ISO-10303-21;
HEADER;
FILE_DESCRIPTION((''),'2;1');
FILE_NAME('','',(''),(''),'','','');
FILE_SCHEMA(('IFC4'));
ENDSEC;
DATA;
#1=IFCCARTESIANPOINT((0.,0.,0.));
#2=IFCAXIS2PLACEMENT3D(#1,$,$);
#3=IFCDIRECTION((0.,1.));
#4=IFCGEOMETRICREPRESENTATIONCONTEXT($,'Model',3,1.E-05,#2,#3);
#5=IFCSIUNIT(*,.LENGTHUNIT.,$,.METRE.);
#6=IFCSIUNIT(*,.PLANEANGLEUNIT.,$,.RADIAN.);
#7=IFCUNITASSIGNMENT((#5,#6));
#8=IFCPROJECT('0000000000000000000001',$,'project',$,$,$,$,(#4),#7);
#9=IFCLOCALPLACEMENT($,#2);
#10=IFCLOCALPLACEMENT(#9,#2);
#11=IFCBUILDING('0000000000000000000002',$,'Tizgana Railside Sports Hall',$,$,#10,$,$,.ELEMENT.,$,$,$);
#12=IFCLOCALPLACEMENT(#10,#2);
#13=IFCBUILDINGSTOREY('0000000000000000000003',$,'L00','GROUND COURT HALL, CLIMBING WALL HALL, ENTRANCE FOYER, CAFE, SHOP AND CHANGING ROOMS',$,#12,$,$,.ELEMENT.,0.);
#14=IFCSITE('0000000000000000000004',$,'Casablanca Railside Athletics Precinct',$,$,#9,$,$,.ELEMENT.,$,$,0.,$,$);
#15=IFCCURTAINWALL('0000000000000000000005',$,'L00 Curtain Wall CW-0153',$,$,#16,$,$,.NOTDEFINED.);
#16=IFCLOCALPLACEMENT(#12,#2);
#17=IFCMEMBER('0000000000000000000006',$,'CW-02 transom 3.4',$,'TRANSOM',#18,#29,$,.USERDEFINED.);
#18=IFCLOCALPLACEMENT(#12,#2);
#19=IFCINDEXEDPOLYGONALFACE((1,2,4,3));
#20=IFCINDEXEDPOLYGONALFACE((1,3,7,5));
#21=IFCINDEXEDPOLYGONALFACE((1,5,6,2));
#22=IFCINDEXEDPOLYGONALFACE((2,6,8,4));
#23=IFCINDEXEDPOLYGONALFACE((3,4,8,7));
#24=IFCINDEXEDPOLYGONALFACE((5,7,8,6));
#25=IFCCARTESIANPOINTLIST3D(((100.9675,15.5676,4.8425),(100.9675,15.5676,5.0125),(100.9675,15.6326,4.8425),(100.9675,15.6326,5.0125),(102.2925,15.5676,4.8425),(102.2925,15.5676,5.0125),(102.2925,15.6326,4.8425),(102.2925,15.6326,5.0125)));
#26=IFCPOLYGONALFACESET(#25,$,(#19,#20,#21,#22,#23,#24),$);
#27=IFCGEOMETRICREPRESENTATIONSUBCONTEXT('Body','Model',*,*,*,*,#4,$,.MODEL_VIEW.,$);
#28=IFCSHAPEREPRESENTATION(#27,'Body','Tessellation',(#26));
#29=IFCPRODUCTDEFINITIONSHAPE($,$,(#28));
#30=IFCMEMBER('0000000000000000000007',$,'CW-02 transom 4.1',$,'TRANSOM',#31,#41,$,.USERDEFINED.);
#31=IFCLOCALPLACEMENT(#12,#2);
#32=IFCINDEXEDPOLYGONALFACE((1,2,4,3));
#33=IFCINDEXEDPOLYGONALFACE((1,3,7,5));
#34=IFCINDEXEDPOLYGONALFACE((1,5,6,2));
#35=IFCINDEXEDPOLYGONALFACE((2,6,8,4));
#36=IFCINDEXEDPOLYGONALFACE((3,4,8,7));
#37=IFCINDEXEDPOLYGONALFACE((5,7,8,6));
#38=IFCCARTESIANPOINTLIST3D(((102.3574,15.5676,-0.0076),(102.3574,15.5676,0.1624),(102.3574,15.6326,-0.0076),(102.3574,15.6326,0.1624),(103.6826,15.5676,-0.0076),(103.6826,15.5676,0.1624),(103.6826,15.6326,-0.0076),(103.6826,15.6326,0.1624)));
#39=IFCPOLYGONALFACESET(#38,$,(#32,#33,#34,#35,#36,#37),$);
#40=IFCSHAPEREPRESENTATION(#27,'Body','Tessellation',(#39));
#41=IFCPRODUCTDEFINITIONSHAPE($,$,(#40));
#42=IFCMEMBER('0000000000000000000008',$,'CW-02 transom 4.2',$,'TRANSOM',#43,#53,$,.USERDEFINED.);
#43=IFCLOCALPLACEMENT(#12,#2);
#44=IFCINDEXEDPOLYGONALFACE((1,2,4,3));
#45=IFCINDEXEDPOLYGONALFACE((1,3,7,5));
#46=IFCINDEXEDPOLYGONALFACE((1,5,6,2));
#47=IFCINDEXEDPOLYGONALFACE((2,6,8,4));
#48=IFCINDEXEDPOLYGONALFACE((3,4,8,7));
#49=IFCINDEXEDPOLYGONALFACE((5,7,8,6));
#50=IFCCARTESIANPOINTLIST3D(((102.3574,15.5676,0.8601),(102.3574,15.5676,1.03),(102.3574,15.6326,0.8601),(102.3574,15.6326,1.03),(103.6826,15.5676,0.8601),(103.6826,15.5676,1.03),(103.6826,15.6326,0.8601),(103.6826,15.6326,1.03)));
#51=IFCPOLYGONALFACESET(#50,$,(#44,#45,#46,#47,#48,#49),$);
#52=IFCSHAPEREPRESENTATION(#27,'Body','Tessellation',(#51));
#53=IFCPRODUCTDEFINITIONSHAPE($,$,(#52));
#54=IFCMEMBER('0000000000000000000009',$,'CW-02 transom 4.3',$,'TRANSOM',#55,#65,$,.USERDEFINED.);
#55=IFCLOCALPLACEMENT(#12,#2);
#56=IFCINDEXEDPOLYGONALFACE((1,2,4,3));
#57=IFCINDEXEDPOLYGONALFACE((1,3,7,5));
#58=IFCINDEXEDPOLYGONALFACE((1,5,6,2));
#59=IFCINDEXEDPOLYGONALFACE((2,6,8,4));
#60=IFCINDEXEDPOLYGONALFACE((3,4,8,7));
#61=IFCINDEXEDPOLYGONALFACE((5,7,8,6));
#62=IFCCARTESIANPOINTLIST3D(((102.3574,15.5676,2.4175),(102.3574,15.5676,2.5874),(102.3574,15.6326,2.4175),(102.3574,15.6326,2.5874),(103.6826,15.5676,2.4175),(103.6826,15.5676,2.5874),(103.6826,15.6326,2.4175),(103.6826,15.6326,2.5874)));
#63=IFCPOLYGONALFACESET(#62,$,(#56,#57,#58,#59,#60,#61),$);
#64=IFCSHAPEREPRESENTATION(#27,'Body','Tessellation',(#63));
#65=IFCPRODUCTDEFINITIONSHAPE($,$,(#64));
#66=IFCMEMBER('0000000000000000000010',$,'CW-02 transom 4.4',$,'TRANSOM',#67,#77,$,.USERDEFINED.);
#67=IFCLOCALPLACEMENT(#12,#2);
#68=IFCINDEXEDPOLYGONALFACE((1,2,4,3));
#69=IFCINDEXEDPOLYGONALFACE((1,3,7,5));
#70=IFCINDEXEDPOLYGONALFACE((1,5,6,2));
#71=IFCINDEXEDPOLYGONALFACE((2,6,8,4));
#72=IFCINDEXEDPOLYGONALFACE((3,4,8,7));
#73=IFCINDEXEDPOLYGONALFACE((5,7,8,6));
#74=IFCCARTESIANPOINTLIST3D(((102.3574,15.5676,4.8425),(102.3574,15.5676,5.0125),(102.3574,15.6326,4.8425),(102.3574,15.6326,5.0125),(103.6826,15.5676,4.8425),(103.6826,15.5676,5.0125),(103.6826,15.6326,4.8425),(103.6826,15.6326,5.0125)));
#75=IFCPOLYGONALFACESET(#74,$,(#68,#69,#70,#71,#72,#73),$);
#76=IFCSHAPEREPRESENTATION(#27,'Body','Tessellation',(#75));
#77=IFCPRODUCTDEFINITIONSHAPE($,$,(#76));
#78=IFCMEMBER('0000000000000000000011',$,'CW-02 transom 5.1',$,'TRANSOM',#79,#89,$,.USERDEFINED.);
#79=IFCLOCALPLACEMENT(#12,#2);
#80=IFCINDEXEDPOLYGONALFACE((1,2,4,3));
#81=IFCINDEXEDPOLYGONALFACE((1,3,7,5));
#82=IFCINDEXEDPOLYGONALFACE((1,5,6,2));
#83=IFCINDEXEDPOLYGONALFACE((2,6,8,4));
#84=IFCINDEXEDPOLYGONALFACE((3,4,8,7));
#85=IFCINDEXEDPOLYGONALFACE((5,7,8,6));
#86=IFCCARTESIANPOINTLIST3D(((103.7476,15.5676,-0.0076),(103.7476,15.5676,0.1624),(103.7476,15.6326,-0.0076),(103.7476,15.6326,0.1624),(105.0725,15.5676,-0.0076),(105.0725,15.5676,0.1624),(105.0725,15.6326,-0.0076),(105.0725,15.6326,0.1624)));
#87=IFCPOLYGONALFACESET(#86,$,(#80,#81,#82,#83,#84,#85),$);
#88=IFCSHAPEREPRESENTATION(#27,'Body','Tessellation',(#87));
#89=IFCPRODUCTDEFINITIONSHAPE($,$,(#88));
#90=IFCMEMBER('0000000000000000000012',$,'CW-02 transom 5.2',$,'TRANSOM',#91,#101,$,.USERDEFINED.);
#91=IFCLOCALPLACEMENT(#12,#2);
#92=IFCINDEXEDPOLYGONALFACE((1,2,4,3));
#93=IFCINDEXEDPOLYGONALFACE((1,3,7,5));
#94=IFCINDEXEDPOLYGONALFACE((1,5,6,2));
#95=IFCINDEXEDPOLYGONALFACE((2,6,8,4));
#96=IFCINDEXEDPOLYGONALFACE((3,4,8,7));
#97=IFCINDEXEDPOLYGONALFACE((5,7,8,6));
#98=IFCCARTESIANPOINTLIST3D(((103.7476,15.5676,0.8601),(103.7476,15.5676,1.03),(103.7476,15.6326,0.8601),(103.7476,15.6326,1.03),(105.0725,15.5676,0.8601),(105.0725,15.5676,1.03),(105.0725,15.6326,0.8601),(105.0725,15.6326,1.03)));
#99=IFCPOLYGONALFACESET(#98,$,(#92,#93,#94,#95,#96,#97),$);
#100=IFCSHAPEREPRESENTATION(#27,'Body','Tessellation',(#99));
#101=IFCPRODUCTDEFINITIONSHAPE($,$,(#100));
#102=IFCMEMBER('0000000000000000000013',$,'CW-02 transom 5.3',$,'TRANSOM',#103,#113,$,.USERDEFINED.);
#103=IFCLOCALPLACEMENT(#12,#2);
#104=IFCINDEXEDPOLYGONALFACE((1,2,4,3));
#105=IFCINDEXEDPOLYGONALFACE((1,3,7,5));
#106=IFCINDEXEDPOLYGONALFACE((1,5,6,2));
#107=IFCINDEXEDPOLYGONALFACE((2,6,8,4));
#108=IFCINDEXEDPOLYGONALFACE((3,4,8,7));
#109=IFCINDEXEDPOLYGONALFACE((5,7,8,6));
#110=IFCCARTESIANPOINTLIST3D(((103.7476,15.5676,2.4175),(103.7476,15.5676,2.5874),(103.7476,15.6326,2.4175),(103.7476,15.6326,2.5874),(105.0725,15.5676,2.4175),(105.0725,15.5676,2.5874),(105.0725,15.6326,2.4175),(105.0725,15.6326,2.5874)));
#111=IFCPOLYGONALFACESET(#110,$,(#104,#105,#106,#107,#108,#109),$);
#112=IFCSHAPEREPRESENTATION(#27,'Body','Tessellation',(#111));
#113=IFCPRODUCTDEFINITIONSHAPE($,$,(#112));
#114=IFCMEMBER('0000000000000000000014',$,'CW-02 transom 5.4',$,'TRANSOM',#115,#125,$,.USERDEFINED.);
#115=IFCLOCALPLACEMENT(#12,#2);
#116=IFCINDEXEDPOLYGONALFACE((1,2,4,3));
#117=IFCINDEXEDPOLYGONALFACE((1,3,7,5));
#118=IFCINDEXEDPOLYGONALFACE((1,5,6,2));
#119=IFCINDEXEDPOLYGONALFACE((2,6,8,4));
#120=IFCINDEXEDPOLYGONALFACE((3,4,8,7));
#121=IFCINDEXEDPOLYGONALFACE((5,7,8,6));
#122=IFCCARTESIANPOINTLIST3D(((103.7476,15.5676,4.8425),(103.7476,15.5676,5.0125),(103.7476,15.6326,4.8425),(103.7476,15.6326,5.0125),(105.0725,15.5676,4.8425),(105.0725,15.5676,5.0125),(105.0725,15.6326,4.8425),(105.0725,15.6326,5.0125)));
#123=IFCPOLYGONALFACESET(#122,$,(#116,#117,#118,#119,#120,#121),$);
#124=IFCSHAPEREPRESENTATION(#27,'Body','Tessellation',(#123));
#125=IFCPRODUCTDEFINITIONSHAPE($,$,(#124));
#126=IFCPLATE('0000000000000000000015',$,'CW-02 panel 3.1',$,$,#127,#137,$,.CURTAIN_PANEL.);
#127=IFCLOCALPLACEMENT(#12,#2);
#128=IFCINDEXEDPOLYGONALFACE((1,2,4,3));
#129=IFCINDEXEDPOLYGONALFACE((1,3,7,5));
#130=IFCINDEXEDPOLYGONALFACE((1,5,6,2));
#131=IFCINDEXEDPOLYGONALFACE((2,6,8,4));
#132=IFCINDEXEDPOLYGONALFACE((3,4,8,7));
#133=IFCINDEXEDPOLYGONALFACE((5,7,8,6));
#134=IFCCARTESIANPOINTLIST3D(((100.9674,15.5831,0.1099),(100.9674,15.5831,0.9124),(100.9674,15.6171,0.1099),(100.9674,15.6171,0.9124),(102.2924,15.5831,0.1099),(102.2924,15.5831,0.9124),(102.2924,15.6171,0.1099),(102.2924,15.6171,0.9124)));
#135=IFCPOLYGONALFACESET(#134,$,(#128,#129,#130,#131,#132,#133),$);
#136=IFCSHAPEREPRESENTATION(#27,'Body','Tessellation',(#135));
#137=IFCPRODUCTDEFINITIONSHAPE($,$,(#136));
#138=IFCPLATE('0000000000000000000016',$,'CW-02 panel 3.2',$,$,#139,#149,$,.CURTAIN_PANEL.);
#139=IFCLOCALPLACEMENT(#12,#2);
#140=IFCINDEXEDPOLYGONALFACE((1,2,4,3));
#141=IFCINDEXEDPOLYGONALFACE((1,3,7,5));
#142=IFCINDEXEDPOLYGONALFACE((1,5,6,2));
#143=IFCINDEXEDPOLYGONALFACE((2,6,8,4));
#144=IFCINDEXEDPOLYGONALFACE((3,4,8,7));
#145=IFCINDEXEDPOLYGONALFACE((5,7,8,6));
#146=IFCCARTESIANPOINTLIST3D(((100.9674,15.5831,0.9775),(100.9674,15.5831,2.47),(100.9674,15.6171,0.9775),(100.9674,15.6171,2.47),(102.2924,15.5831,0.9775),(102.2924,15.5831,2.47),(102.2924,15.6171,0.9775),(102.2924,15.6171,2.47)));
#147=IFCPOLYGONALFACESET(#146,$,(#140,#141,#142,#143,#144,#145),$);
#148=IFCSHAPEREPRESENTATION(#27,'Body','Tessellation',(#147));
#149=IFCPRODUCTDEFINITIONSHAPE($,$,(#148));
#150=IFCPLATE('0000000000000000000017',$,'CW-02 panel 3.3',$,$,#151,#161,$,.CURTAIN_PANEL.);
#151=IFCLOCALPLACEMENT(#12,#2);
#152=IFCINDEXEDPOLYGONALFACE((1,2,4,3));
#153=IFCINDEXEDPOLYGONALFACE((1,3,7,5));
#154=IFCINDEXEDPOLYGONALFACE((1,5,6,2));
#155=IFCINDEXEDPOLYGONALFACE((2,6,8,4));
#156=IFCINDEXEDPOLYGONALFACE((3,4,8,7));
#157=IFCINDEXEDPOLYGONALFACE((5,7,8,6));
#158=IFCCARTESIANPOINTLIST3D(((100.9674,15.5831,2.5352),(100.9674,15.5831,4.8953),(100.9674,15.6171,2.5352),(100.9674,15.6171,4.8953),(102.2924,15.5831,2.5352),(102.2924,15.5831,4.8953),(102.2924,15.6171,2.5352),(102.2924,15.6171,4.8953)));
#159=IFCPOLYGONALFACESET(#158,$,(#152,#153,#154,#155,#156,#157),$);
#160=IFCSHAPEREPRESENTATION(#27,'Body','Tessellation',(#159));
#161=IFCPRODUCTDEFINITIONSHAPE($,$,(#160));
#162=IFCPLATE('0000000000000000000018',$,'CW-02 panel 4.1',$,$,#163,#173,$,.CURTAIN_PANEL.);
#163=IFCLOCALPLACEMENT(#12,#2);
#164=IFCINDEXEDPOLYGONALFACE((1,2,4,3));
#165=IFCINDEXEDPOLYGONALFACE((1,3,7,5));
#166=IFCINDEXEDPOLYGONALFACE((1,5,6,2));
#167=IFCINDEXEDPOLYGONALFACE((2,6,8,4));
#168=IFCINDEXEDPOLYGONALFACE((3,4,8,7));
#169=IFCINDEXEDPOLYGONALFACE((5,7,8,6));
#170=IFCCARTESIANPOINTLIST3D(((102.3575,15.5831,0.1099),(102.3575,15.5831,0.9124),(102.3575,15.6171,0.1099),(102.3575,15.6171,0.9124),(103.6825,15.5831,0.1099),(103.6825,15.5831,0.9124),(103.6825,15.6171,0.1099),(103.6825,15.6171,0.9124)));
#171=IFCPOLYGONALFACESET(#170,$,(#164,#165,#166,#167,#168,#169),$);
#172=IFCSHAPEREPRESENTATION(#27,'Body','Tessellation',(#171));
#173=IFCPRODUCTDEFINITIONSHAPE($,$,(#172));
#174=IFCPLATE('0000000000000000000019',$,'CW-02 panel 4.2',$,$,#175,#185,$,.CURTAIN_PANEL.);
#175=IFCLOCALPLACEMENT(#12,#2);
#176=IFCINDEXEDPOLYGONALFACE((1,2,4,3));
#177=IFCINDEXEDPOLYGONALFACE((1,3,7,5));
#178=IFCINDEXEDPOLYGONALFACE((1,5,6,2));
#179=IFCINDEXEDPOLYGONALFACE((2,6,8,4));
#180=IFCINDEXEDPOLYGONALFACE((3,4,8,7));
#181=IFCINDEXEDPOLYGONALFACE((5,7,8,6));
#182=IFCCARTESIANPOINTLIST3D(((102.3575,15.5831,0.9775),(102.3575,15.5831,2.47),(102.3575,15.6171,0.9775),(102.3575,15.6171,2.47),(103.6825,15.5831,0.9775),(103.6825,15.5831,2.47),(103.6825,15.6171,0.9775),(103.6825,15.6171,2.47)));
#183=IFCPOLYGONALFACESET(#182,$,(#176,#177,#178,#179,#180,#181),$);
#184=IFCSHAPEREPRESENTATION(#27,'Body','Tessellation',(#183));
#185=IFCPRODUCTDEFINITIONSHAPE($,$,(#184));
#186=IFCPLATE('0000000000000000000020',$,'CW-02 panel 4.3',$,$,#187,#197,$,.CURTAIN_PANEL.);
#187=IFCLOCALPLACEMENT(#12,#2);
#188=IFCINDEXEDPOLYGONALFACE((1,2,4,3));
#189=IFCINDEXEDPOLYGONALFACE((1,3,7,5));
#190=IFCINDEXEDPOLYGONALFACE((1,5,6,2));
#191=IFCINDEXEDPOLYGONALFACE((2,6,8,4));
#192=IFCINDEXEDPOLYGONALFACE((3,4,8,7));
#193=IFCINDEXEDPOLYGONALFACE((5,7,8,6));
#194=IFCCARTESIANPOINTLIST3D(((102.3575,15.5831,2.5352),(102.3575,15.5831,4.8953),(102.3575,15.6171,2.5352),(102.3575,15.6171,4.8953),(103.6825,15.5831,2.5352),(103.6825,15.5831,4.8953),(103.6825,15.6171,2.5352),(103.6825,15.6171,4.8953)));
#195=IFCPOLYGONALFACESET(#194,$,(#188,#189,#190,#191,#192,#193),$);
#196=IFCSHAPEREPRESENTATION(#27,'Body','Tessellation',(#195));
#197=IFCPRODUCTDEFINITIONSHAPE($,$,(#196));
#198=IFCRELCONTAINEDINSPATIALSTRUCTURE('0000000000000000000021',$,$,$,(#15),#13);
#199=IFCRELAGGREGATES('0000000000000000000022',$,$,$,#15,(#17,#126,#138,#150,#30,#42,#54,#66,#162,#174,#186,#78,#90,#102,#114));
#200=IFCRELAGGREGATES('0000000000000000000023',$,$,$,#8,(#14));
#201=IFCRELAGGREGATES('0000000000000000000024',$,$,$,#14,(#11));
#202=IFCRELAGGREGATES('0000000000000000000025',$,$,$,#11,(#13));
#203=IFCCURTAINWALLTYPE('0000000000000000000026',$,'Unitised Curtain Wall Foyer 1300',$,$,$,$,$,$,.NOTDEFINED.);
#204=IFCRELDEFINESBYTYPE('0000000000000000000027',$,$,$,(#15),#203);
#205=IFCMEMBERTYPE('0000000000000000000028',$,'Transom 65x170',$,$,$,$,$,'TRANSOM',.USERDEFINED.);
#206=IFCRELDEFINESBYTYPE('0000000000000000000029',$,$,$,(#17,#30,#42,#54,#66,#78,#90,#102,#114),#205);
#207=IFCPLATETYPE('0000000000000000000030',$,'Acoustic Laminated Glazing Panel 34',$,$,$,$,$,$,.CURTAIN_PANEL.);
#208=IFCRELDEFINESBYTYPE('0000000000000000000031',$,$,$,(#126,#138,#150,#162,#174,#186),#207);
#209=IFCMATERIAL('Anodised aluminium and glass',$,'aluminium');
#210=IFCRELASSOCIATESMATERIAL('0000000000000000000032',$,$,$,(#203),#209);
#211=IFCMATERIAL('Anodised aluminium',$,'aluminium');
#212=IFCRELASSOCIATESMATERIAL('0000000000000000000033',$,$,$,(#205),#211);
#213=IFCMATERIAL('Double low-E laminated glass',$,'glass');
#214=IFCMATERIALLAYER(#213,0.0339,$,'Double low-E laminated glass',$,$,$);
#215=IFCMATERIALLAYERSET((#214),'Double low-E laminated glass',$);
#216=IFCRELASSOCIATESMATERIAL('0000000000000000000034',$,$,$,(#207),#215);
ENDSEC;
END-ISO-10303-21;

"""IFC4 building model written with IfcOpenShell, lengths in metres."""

from ifc_helpers import new_model, si_unit, direction, frame, origin, origin_2d, place, context, subcontext, project, spatial, rectangle, extrude, material, layer, layer_set, material_profile, profile_set, type_object, element, aggregate, save


model = new_model("IFC4")

# Units and contexts
model_context = context("Model", 3, precision=1e-05, world=origin(), true_north=direction((0.0, 1.0)))
body_context = subcontext(model_context, "Body", "Model", "MODEL_VIEW")
ifc_project = project(units=[si_unit("LENGTHUNIT", "METRE"), si_unit("PLANEANGLEUNIT", "RADIAN")], contexts=[model_context])

# Site, building, storey
site_placement = place(None, origin())
site = spatial("IfcSite", under=ifc_project, at=site_placement, Name="Casablanca Railside Athletics Precinct", CompositionType="ELEMENT", RefElevation=0.0)
building_placement = place(site_placement, origin())
building = spatial("IfcBuilding", under=site, at=building_placement, Name="Tizgana Railside Sports Hall", CompositionType="ELEMENT")
storey_placement = place(building_placement, origin())
storey = spatial("IfcBuildingStorey", under=building, at=storey_placement, Name="L00", Description="GROUND COURT HALL, CLIMBING WALL HALL, ENTRANCE FOYER, CAFE, SHOP AND CHANGING ROOMS", CompositionType="ELEMENT", Elevation=0.0)

# Curtain wall
ifc_material_1 = material(Name="Anodised aluminium and glass", Category="aluminium")
curtain_wall_type = type_object("IfcCurtainWallType", Name="Unitised Curtain Wall Foyer 1300", PredefinedType="NOTDEFINED", material=ifc_material_1)
curtain_wall_placement = place(storey_placement, origin())
curtain_wall = element("IfcCurtainWall", 1, at=curtain_wall_placement, inside=storey, type_object=curtain_wall_type, Name="L00 Curtain Wall CW-0153", PredefinedType="NOTDEFINED")
ifc_material_2 = material(Name="Anodised aluminium", Category="aluminium")

# Members
ifc_material_profile_1 = material_profile(ifc_material_2, rectangle(XDim=0.0649, YDim=0.1699, at=origin_2d()), Name="Transom 65x170")
ifc_profile_set_1 = profile_set([ifc_material_profile_1], Name="Anodised aluminium")
member_type_1 = type_object("IfcMemberType", Name="Transom 65x170", ElementType="TRANSOM", PredefinedType="USERDEFINED", material=ifc_profile_set_1)
member_1_placement = place(storey_placement, frame((100.9675, 15.6001, 4.9275), z_axis=(1.0, 0.0, 0.0), x_axis=(0.0, 1.0, 0.0)))
member_1 = element("IfcMember", 2, at=member_1_placement, type_object=member_type_1, Name="CW-02 transom 3.4", ObjectType="TRANSOM", PredefinedType="USERDEFINED", context=body_context, shape_type="SweptSolid", body=[
    extrude(rectangle(XDim=0.0649, YDim=0.1699, at=origin_2d()), origin(), (0.0, 0.0, 1.0), 1.325),
])
member_2_placement = place(storey_placement, frame((102.3574, 15.6001, 0.0774), z_axis=(1.0, 0.0, 0.0), x_axis=(0.0, 1.0, 0.0)))
member_2 = element("IfcMember", 3, at=member_2_placement, type_object=member_type_1, Name="CW-02 transom 4.1", ObjectType="TRANSOM", PredefinedType="USERDEFINED", context=body_context, shape_type="SweptSolid", body=[
    extrude(rectangle(XDim=0.0649, YDim=0.1699, at=origin_2d()), origin(), (0.0, 0.0, 1.0), 1.3252),
])
member_3_placement = place(storey_placement, frame((102.3574, 15.6001, 0.9451), z_axis=(1.0, 0.0, 0.0), x_axis=(0.0, 1.0, 0.0)))
member_3 = element("IfcMember", 4, at=member_3_placement, type_object=member_type_1, Name="CW-02 transom 4.2", ObjectType="TRANSOM", PredefinedType="USERDEFINED", context=body_context, shape_type="SweptSolid", body=[
    extrude(rectangle(XDim=0.0649, YDim=0.1699, at=origin_2d()), origin(), (0.0, 0.0, 1.0), 1.3252),
])
member_4_placement = place(storey_placement, frame((102.3574, 15.6001, 2.5024), z_axis=(1.0, 0.0, 0.0), x_axis=(0.0, 1.0, 0.0)))
member_4 = element("IfcMember", 5, at=member_4_placement, type_object=member_type_1, Name="CW-02 transom 4.3", ObjectType="TRANSOM", PredefinedType="USERDEFINED", context=body_context, shape_type="SweptSolid", body=[
    extrude(rectangle(XDim=0.0649, YDim=0.1699, at=origin_2d()), origin(), (0.0, 0.0, 1.0), 1.3252),
])
member_5_placement = place(storey_placement, frame((102.3574, 15.6001, 4.9275), z_axis=(1.0, 0.0, 0.0), x_axis=(0.0, 1.0, 0.0)))
member_5 = element("IfcMember", 6, at=member_5_placement, type_object=member_type_1, Name="CW-02 transom 4.4", ObjectType="TRANSOM", PredefinedType="USERDEFINED", context=body_context, shape_type="SweptSolid", body=[
    extrude(rectangle(XDim=0.0649, YDim=0.1699, at=origin_2d()), origin(), (0.0, 0.0, 1.0), 1.3252),
])
member_6_placement = place(storey_placement, frame((103.7476, 15.6001, 0.0774), z_axis=(1.0, 0.0, 0.0), x_axis=(0.0, 1.0, 0.0)))
member_6 = element("IfcMember", 7, at=member_6_placement, type_object=member_type_1, Name="CW-02 transom 5.1", ObjectType="TRANSOM", PredefinedType="USERDEFINED", context=body_context, shape_type="SweptSolid", body=[
    extrude(rectangle(XDim=0.0649, YDim=0.1699, at=origin_2d()), origin(), (0.0, 0.0, 1.0), 1.325),
])
member_7_placement = place(storey_placement, frame((103.7476, 15.6001, 0.9451), z_axis=(1.0, 0.0, 0.0), x_axis=(0.0, 1.0, 0.0)))
member_7 = element("IfcMember", 8, at=member_7_placement, type_object=member_type_1, Name="CW-02 transom 5.2", ObjectType="TRANSOM", PredefinedType="USERDEFINED", context=body_context, shape_type="SweptSolid", body=[
    extrude(rectangle(XDim=0.0649, YDim=0.1699, at=origin_2d()), origin(), (0.0, 0.0, 1.0), 1.325),
])
member_8_placement = place(storey_placement, frame((103.7476, 15.6001, 2.5024), z_axis=(1.0, 0.0, 0.0), x_axis=(0.0, 1.0, 0.0)))
member_8 = element("IfcMember", 9, at=member_8_placement, type_object=member_type_1, Name="CW-02 transom 5.3", ObjectType="TRANSOM", PredefinedType="USERDEFINED", context=body_context, shape_type="SweptSolid", body=[
    extrude(rectangle(XDim=0.0649, YDim=0.1699, at=origin_2d()), origin(), (0.0, 0.0, 1.0), 1.325),
])
member_9_placement = place(storey_placement, frame((103.7476, 15.6001, 4.9275), z_axis=(1.0, 0.0, 0.0), x_axis=(0.0, 1.0, 0.0)))
member_9 = element("IfcMember", 10, at=member_9_placement, type_object=member_type_1, Name="CW-02 transom 5.4", ObjectType="TRANSOM", PredefinedType="USERDEFINED", context=body_context, shape_type="SweptSolid", body=[
    extrude(rectangle(XDim=0.0649, YDim=0.1699, at=origin_2d()), origin(), (0.0, 0.0, 1.0), 1.325),
])

# Plates
ifc_material_3 = material(Name="Double low-E laminated glass", Category="glass")
ifc_layer_1 = layer(ifc_material_3, 0.0339, Name="Double low-E laminated glass")
ifc_layer_set_1 = layer_set([ifc_layer_1], Name="Double low-E laminated glass")
plate_type = type_object("IfcPlateType", Name="Acoustic Laminated Glazing Panel 34", PredefinedType="CURTAIN_PANEL", material=ifc_layer_set_1)
plate_1_placement = place(storey_placement, frame((101.6299, 15.6001, 0.1099), z_axis=(0.0, 0.0, 1.0), x_axis=(1.0, 0.0, 0.0)))
plate_1 = element("IfcPlate", 11, at=plate_1_placement, type_object=plate_type, Name="CW-02 panel 3.1", PredefinedType="CURTAIN_PANEL", context=body_context, shape_type="SweptSolid", body=[
    extrude(rectangle(XDim=1.325, YDim=0.0339, at=origin_2d()), origin(), (0.0, 0.0, 1.0), 0.8025),
])
plate_2_placement = place(storey_placement, frame((101.6299, 15.6001, 0.9775), z_axis=(0.0, 0.0, 1.0), x_axis=(1.0, 0.0, 0.0)))
plate_2 = element("IfcPlate", 12, at=plate_2_placement, type_object=plate_type, Name="CW-02 panel 3.2", PredefinedType="CURTAIN_PANEL", context=body_context, shape_type="SweptSolid", body=[
    extrude(rectangle(XDim=1.325, YDim=0.0339, at=origin_2d()), origin(), (0.0, 0.0, 1.0), 1.4924),
])
plate_3_placement = place(storey_placement, frame((101.6299, 15.6001, 2.5352), z_axis=(0.0, 0.0, 1.0), x_axis=(1.0, 0.0, 0.0)))
plate_3 = element("IfcPlate", 13, at=plate_3_placement, type_object=plate_type, Name="CW-02 panel 3.3", PredefinedType="CURTAIN_PANEL", context=body_context, shape_type="SweptSolid", body=[
    extrude(rectangle(XDim=1.325, YDim=0.0339, at=origin_2d()), origin(), (0.0, 0.0, 1.0), 2.3601),
])
plate_4_placement = place(storey_placement, frame((103.02, 15.6001, 0.1099), z_axis=(0.0, 0.0, 1.0), x_axis=(1.0, 0.0, 0.0)))
plate_4 = element("IfcPlate", 14, at=plate_4_placement, type_object=plate_type, Name="CW-02 panel 4.1", PredefinedType="CURTAIN_PANEL", context=body_context, shape_type="SweptSolid", body=[
    extrude(rectangle(XDim=1.325, YDim=0.0339, at=origin_2d()), origin(), (0.0, 0.0, 1.0), 0.8025),
])
plate_5_placement = place(storey_placement, frame((103.02, 15.6001, 0.9775), z_axis=(0.0, 0.0, 1.0), x_axis=(1.0, 0.0, 0.0)))
plate_5 = element("IfcPlate", 15, at=plate_5_placement, type_object=plate_type, Name="CW-02 panel 4.2", PredefinedType="CURTAIN_PANEL", context=body_context, shape_type="SweptSolid", body=[
    extrude(rectangle(XDim=1.325, YDim=0.0339, at=origin_2d()), origin(), (0.0, 0.0, 1.0), 1.4924),
])
plate_6_placement = place(storey_placement, frame((103.02, 15.6001, 2.5352), z_axis=(0.0, 0.0, 1.0), x_axis=(1.0, 0.0, 0.0)))
plate_6 = element("IfcPlate", 16, at=plate_6_placement, type_object=plate_type, Name="CW-02 panel 4.3", PredefinedType="CURTAIN_PANEL", context=body_context, shape_type="SweptSolid", body=[
    extrude(rectangle(XDim=1.325, YDim=0.0339, at=origin_2d()), origin(), (0.0, 0.0, 1.0), 2.3601),
])
aggregate(curtain_wall, [member_1, plate_1, plate_2, plate_3, member_2, member_3, member_4, member_5, plate_4, plate_5, plate_6, member_6, member_7, member_8, member_9])

save(model, "model.ifc")
